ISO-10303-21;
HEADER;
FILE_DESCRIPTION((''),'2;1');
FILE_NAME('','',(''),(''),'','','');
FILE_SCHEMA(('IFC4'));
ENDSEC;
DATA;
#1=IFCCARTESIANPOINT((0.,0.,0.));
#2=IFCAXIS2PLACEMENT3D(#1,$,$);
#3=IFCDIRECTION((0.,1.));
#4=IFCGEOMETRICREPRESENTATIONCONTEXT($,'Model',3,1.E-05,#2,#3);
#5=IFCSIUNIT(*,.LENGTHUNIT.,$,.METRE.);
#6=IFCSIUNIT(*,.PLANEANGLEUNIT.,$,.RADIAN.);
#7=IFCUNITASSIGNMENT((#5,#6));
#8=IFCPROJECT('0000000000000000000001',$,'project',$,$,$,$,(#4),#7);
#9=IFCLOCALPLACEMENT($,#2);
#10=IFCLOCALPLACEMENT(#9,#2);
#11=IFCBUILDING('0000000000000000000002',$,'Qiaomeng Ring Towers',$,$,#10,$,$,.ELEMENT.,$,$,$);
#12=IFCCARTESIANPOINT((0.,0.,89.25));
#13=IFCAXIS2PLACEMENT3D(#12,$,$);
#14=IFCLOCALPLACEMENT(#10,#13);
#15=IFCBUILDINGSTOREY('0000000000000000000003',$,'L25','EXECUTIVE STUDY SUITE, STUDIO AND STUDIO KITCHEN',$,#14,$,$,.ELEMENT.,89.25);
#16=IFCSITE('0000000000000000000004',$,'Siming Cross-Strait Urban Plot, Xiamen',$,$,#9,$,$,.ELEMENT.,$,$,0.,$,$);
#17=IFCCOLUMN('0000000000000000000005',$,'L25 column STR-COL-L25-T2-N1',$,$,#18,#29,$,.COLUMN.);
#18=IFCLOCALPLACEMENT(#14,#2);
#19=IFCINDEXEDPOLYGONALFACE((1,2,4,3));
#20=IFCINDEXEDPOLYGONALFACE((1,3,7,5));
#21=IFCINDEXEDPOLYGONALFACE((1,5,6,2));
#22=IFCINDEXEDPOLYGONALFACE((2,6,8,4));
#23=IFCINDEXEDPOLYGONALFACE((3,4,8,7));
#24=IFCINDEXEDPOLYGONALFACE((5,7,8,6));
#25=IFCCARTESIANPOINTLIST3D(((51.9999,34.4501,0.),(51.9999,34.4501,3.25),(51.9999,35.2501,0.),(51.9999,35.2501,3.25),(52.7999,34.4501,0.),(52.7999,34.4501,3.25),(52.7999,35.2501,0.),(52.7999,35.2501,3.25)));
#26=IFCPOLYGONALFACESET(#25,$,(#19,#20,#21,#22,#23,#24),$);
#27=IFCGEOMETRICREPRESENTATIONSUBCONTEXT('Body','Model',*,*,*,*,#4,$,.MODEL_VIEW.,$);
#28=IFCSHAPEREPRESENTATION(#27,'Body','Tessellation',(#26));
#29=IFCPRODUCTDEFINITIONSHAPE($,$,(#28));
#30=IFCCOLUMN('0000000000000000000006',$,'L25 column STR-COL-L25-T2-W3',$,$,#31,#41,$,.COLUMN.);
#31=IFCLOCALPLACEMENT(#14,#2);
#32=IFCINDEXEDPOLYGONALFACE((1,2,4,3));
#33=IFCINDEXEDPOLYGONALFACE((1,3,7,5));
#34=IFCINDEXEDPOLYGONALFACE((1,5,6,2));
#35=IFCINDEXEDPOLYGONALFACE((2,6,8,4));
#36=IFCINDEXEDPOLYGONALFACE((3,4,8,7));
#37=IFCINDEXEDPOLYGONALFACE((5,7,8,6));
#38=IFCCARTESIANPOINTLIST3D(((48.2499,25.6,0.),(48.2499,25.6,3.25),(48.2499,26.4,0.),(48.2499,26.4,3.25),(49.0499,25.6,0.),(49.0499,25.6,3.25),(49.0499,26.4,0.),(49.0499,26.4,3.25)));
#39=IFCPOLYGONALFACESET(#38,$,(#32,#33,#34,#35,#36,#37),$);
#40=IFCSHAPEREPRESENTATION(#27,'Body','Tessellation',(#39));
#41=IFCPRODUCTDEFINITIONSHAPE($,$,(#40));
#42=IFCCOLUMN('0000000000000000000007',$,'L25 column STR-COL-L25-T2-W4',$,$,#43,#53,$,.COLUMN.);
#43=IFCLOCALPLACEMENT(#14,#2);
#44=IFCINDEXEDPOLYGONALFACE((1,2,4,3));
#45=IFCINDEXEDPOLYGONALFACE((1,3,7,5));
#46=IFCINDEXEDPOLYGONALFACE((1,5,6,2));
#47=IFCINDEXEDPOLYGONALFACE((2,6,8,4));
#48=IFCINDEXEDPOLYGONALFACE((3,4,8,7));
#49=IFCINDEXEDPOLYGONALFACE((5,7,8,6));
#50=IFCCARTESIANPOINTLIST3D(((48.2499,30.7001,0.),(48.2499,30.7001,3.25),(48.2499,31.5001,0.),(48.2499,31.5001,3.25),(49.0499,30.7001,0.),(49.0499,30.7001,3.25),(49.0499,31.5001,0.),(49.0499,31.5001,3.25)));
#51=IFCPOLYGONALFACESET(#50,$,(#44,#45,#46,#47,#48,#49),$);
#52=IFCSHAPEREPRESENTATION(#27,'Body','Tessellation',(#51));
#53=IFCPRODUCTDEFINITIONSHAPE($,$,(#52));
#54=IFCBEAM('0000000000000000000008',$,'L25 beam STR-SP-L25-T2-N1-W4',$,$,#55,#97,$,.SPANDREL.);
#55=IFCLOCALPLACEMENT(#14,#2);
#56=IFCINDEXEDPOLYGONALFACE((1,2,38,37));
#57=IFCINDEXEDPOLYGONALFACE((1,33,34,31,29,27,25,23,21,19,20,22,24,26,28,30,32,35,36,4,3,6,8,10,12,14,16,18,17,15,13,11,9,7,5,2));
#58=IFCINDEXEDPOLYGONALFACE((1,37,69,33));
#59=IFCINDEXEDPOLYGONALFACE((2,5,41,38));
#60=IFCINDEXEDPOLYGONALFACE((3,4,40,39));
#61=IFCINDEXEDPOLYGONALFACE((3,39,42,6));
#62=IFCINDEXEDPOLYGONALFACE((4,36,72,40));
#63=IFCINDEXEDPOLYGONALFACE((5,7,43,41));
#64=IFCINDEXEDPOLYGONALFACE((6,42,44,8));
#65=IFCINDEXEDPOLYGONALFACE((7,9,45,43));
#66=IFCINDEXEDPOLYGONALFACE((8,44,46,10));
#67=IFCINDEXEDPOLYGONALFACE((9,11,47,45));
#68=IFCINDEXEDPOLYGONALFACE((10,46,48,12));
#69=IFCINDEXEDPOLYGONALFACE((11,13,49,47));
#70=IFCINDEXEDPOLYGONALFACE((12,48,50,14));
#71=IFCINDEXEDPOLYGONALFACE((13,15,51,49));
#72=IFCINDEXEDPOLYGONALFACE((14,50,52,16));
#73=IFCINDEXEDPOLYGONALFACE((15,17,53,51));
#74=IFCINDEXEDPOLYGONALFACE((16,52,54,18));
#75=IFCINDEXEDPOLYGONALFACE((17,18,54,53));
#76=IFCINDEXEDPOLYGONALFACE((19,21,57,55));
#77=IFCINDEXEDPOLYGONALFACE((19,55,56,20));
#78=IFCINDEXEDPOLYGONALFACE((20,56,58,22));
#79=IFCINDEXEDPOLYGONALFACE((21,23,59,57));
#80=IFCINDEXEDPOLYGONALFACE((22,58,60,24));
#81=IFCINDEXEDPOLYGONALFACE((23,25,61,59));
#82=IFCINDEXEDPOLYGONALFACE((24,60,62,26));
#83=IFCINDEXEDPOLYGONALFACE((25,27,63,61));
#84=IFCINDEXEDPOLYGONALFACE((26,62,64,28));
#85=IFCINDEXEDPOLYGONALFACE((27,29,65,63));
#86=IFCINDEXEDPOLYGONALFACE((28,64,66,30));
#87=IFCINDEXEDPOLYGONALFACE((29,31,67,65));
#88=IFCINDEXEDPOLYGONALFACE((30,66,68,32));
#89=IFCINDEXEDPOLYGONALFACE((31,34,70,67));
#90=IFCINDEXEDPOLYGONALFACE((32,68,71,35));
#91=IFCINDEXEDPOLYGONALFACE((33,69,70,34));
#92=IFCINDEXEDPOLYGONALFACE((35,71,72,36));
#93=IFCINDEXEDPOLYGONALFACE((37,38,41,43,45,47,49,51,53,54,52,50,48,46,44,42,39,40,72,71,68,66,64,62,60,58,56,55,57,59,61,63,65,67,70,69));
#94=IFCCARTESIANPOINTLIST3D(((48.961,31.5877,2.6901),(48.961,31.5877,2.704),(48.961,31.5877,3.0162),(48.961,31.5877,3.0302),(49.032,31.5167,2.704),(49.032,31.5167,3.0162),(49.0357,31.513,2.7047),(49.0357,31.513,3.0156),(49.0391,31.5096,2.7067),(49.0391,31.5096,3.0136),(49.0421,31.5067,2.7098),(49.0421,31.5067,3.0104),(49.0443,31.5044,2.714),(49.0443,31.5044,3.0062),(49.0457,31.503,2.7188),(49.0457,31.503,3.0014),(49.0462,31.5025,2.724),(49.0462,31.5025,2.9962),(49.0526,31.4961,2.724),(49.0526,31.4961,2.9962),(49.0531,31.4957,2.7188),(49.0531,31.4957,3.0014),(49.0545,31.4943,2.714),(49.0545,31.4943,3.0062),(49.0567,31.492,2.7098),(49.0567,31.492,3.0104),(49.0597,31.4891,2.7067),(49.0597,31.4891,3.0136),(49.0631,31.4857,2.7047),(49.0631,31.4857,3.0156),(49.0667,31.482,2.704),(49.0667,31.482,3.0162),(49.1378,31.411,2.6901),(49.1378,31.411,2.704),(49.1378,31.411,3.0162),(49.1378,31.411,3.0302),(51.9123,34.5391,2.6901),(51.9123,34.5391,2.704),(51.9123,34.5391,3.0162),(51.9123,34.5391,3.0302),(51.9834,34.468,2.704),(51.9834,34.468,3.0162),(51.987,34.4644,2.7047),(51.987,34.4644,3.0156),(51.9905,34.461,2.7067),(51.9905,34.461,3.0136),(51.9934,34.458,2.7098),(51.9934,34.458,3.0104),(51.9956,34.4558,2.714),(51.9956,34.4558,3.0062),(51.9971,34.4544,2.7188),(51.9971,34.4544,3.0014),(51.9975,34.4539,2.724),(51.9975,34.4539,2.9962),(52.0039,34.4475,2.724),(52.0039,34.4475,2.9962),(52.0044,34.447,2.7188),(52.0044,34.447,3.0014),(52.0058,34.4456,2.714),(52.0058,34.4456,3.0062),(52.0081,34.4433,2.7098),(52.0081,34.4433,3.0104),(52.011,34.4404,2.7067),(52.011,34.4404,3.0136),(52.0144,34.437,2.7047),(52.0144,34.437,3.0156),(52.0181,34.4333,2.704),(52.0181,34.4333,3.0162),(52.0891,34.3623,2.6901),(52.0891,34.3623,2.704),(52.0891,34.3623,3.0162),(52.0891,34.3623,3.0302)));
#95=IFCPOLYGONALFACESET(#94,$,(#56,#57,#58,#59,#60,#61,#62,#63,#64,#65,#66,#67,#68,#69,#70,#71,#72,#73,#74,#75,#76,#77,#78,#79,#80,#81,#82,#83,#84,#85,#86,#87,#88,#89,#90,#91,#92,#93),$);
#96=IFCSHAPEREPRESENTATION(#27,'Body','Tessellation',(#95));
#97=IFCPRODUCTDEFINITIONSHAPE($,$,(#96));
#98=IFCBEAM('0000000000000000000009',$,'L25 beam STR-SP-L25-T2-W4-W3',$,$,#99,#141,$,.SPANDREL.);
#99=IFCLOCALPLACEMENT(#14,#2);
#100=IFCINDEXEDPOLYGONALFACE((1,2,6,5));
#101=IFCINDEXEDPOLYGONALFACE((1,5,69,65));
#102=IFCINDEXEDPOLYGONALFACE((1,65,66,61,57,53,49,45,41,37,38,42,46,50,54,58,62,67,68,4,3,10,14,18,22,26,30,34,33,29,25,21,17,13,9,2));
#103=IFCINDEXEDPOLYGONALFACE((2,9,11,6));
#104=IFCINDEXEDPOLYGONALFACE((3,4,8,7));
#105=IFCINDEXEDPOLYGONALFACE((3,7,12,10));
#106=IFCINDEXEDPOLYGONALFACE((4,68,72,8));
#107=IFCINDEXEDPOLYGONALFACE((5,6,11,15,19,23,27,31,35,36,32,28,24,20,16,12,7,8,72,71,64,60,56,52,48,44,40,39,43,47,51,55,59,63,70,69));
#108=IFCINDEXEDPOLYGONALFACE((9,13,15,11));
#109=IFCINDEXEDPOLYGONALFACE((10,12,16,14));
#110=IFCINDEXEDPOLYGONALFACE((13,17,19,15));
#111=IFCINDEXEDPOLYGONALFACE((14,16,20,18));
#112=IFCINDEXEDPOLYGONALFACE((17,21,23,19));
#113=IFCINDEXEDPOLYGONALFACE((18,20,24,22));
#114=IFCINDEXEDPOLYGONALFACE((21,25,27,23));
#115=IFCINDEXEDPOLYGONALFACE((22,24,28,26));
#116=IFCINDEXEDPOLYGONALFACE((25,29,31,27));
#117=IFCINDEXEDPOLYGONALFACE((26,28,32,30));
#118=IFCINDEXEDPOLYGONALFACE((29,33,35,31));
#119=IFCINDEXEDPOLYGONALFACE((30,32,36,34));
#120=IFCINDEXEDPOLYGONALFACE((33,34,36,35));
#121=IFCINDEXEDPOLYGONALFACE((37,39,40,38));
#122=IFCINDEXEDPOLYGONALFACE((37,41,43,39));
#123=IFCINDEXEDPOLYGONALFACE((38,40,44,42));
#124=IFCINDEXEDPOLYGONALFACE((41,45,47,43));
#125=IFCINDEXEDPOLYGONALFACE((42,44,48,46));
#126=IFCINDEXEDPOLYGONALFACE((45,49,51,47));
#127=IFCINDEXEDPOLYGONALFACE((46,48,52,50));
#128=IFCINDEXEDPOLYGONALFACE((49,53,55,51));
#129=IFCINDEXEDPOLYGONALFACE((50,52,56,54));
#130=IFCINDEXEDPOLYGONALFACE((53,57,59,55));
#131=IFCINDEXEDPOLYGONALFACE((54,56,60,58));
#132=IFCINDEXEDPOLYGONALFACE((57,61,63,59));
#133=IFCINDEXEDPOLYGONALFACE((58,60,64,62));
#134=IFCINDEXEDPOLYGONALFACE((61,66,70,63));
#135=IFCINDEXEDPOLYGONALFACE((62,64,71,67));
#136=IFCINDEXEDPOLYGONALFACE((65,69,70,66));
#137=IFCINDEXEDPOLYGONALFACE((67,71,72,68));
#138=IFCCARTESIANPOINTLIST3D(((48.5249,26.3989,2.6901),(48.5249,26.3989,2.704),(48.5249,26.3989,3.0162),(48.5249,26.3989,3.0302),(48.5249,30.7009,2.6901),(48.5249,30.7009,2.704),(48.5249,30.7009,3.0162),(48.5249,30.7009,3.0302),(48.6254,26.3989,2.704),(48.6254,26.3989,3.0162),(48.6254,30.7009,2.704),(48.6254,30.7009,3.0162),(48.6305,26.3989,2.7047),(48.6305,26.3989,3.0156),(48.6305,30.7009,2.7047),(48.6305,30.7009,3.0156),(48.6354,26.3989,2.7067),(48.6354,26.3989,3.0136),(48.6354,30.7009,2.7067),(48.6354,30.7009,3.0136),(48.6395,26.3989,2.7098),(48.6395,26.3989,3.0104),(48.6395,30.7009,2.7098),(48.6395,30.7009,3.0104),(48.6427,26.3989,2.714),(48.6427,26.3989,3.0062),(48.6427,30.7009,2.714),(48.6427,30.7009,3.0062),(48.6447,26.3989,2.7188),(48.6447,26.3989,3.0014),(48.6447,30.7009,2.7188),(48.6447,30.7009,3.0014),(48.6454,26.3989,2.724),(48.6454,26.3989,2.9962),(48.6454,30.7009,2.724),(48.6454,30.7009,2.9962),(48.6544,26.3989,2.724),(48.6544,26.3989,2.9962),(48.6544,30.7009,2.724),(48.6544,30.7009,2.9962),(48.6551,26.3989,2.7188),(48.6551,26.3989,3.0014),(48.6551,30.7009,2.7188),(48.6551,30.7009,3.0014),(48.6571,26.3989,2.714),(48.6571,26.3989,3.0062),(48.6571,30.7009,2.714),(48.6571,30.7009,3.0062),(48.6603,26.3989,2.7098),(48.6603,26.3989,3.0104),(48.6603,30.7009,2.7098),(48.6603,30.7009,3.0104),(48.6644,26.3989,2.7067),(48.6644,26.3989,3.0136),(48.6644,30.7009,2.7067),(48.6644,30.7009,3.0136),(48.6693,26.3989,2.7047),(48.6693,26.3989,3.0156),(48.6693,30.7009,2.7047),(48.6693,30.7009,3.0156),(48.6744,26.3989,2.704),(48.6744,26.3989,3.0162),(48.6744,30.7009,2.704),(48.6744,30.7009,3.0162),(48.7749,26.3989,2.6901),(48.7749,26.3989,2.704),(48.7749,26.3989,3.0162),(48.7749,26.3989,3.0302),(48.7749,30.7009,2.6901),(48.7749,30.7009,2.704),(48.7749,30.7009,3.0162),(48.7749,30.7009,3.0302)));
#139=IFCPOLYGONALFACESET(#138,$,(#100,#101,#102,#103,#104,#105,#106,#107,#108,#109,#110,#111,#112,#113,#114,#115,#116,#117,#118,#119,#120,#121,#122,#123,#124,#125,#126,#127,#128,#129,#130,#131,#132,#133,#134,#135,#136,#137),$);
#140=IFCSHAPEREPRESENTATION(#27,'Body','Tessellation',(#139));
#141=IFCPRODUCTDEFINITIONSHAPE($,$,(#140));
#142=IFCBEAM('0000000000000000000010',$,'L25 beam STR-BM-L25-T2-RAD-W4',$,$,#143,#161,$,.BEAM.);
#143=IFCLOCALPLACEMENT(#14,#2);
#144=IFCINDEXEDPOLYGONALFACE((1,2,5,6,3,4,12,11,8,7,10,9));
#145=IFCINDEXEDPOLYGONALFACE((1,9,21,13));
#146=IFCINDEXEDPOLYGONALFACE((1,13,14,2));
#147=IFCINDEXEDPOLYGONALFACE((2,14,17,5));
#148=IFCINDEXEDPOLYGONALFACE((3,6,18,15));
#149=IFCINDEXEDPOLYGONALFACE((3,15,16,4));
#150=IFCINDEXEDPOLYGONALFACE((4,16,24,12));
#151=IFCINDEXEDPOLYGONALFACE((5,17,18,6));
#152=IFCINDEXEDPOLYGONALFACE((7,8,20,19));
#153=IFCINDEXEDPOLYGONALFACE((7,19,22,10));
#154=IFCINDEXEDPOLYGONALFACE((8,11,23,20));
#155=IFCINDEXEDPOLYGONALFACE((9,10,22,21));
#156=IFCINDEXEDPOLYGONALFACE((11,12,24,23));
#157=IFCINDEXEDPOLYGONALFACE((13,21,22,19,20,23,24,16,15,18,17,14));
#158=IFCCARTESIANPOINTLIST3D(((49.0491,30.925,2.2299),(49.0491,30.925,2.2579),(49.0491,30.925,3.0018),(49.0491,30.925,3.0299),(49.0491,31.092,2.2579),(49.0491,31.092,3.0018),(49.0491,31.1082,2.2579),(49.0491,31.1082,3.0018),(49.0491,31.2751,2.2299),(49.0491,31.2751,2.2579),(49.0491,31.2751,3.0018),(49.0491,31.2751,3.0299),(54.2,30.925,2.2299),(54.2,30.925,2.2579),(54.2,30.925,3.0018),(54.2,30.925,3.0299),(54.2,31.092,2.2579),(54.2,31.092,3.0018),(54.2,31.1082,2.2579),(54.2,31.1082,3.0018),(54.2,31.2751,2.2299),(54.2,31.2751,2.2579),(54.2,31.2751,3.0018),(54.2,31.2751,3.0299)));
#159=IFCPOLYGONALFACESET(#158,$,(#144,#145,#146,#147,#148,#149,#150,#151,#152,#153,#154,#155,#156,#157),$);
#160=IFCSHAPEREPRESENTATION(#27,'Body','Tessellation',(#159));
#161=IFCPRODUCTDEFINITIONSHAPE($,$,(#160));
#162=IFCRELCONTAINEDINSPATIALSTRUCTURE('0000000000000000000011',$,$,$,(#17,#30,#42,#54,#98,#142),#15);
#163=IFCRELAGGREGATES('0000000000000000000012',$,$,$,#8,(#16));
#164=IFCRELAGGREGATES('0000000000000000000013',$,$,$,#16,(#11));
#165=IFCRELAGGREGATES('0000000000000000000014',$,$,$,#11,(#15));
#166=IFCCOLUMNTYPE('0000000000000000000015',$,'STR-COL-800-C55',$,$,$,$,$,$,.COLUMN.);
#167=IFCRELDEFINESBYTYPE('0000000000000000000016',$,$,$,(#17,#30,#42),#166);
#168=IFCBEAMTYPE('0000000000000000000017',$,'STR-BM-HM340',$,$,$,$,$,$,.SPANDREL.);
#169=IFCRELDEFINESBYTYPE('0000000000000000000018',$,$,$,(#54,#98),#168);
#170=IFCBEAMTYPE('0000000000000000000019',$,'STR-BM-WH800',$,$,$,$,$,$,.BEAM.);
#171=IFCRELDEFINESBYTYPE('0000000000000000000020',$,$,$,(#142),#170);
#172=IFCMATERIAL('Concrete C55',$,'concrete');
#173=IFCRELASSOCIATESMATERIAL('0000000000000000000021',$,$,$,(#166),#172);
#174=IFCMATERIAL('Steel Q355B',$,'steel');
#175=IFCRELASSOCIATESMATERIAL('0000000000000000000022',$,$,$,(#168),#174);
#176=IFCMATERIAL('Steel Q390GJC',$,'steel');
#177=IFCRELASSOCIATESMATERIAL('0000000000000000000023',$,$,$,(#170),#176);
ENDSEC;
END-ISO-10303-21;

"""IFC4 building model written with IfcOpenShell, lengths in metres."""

from ifc_helpers import new_model, si_unit, direction, frame, origin, origin_2d, place, context, subcontext, project, spatial, rectangle, i_section, extrude, source, transform, mapped, material, material_profile, profile_set, type_object, element, save


model = new_model("IFC4")

# Units and contexts
model_context = context("Model", 3, precision=1e-05, world=origin(), true_north=direction((0.0, 1.0)))
body_context = subcontext(model_context, "Body", "Model", "MODEL_VIEW")
ifc_project = project(units=[si_unit("LENGTHUNIT", "METRE"), si_unit("PLANEANGLEUNIT", "RADIAN")], contexts=[model_context])

# Site, building, storey
site_placement = place(None, origin())
site = spatial("IfcSite", under=ifc_project, at=site_placement, Name="Siming Cross-Strait Urban Plot, Xiamen", CompositionType="ELEMENT", RefElevation=0.0)
building_placement = place(site_placement, origin())
building = spatial("IfcBuilding", under=site, at=building_placement, Name="Qiaomeng Ring Towers", CompositionType="ELEMENT")
storey_placement = place(building_placement, frame((0.0, 0.0, 89.25)))
storey = spatial("IfcBuildingStorey", under=building, at=storey_placement, Name="L25", Description="EXECUTIVE STUDY SUITE, STUDIO AND STUDIO KITCHEN", CompositionType="ELEMENT", Elevation=89.25)

# Columns
ifc_material_1 = material(Name="Concrete C55", Category="concrete")
ifc_material_profile_1 = material_profile(ifc_material_1, rectangle(XDim=0.8, YDim=0.8, at=origin_2d()), Name="RC COL 800x800")
ifc_profile_set_1 = profile_set([ifc_material_profile_1], Name="Concrete C55")
column_type = type_object("IfcColumnType", Name="STR-COL-800-C55", PredefinedType="COLUMN", material=ifc_profile_set_1)
shared_shape_1 = source(origin(), body_context, "Body", "SweptSolid", [
    extrude(rectangle(XDim=0.8, YDim=0.8, at=origin_2d()), origin(), (0.0, 0.0, 1.0), 3.25),
])
for number, where, z_axis, x_axis, name in (
    (1, (52.3999, 34.8501, 0.0), (0.0, 0.0, 1.0), (1.0, 0.0, 0.0), "L25 column STR-COL-L25-T2-N1"),
    (2, (48.6499, 26.0, 0.0), (0.0, 0.0, 1.0), (1.0, 0.0, 0.0), "L25 column STR-COL-L25-T2-W3"),
    (3, (48.6499, 31.1001, 0.0), (0.0, 0.0, 1.0), (1.0, 0.0, 0.0), "L25 column STR-COL-L25-T2-W4"),
):
    element("IfcColumn", number, at=place(storey_placement, frame(where, z_axis=z_axis, x_axis=x_axis)), inside=storey, type_object=column_type, Name=name, PredefinedType="COLUMN", context=body_context, shape_type="MappedRepresentation", body=[
        mapped(shared_shape_1, transform((0.0, 0.0, 0.0), x_axis=(1.0, 0.0, 0.0), y_axis=(0.0, 1.0, 0.0), z_axis=(0.0, 0.0, 1.0), scale=1.0)),
    ])

# Beams
ifc_material_2 = material(Name="Steel Q355B", Category="steel")
ifc_material_profile_2 = material_profile(ifc_material_2, i_section(OverallWidth=0.25, OverallDepth=0.3401, WebThickness=0.009, FlangeThickness=0.0139, FilletRadius=0.02, at=origin_2d()), Name="HM 340x250x9x14")
ifc_profile_set_2 = profile_set([ifc_material_profile_2], Name="Steel Q355B")
beam_type_1 = type_object("IfcBeamType", Name="STR-BM-HM340", PredefinedType="SPANDREL", material=ifc_profile_set_2)
shared_shape_2 = source(origin(), body_context, "Body", "SweptSolid", [
    extrude(i_section(OverallWidth=0.25, OverallDepth=0.3401, WebThickness=0.009, FlangeThickness=0.0139, FilletRadius=0.02, at=origin_2d()), origin(), (0.0, 0.0, 1.0), 4.1738),
])
beam_1_placement = place(storey_placement, frame((52.0007, 34.4507, 2.8601), z_axis=(-0.707107, -0.707107, 0.0), x_axis=(0.707107, -0.707107, 0.0)))
element("IfcBeam", 4, at=beam_1_placement, inside=storey, type_object=beam_type_1, Name="L25 beam STR-SP-L25-T2-N1-W4", PredefinedType="SPANDREL", context=body_context, shape_type="MappedRepresentation", body=[
    mapped(shared_shape_2, transform((0.0, 0.0, 0.0), x_axis=(1.0, 0.0, 0.0), y_axis=(0.0, 1.0, 0.0), z_axis=(0.0, 0.0, 1.0), scale=1.0)),
])
shared_shape_3 = source(origin(), body_context, "Body", "SweptSolid", [
    extrude(i_section(OverallWidth=0.25, OverallDepth=0.3401, WebThickness=0.009, FlangeThickness=0.0139, FilletRadius=0.02, at=origin_2d()), origin(), (0.0, 0.0, 1.0), 4.302),
])
beam_2_placement = place(storey_placement, frame((48.6499, 30.7009, 2.8601), z_axis=(0.0, -1.0, 0.0), x_axis=(1.0, 0.0, 0.0)))
element("IfcBeam", 5, at=beam_2_placement, inside=storey, type_object=beam_type_1, Name="L25 beam STR-SP-L25-T2-W4-W3", PredefinedType="SPANDREL", context=body_context, shape_type="MappedRepresentation", body=[
    mapped(shared_shape_3, transform((0.0, 0.0, 0.0), x_axis=(1.0, 0.0, 0.0), y_axis=(0.0, 1.0, 0.0), z_axis=(0.0, 0.0, 1.0), scale=1.0)),
])
ifc_material_3 = material(Name="Steel Q390GJC", Category="steel")
ifc_material_profile_3 = material_profile(ifc_material_3, i_section(OverallWidth=0.3501, OverallDepth=0.8, WebThickness=0.0161, FlangeThickness=0.0281, at=origin_2d()), Name="WH 800x350x16x28")
ifc_profile_set_3 = profile_set([ifc_material_profile_3], Name="Steel Q390GJC")
beam_type_2 = type_object("IfcBeamType", Name="STR-BM-WH800", PredefinedType="BEAM", material=ifc_profile_set_3)
shared_shape_4 = source(origin(), body_context, "Body", "SweptSolid", [
    extrude(i_section(OverallWidth=0.3501, OverallDepth=0.8, WebThickness=0.0161, FlangeThickness=0.0281, at=origin_2d()), origin(), (0.0, 0.0, 1.0), 5.1509),
])
beam_3_placement = place(storey_placement, frame((49.0491, 31.1001, 2.6299), z_axis=(1.0, 0.0, 0.0), x_axis=(0.0, 1.0, 0.0)))
element("IfcBeam", 6, at=beam_3_placement, inside=storey, type_object=beam_type_2, Name="L25 beam STR-BM-L25-T2-RAD-W4", PredefinedType="BEAM", context=body_context, shape_type="MappedRepresentation", body=[
    mapped(shared_shape_4, transform((0.0, 0.0, 0.0), x_axis=(1.0, 0.0, 0.0), y_axis=(0.0, 1.0, 0.0), z_axis=(0.0, 0.0, 1.0), scale=1.0)),
])

save(model, "model.ifc")
